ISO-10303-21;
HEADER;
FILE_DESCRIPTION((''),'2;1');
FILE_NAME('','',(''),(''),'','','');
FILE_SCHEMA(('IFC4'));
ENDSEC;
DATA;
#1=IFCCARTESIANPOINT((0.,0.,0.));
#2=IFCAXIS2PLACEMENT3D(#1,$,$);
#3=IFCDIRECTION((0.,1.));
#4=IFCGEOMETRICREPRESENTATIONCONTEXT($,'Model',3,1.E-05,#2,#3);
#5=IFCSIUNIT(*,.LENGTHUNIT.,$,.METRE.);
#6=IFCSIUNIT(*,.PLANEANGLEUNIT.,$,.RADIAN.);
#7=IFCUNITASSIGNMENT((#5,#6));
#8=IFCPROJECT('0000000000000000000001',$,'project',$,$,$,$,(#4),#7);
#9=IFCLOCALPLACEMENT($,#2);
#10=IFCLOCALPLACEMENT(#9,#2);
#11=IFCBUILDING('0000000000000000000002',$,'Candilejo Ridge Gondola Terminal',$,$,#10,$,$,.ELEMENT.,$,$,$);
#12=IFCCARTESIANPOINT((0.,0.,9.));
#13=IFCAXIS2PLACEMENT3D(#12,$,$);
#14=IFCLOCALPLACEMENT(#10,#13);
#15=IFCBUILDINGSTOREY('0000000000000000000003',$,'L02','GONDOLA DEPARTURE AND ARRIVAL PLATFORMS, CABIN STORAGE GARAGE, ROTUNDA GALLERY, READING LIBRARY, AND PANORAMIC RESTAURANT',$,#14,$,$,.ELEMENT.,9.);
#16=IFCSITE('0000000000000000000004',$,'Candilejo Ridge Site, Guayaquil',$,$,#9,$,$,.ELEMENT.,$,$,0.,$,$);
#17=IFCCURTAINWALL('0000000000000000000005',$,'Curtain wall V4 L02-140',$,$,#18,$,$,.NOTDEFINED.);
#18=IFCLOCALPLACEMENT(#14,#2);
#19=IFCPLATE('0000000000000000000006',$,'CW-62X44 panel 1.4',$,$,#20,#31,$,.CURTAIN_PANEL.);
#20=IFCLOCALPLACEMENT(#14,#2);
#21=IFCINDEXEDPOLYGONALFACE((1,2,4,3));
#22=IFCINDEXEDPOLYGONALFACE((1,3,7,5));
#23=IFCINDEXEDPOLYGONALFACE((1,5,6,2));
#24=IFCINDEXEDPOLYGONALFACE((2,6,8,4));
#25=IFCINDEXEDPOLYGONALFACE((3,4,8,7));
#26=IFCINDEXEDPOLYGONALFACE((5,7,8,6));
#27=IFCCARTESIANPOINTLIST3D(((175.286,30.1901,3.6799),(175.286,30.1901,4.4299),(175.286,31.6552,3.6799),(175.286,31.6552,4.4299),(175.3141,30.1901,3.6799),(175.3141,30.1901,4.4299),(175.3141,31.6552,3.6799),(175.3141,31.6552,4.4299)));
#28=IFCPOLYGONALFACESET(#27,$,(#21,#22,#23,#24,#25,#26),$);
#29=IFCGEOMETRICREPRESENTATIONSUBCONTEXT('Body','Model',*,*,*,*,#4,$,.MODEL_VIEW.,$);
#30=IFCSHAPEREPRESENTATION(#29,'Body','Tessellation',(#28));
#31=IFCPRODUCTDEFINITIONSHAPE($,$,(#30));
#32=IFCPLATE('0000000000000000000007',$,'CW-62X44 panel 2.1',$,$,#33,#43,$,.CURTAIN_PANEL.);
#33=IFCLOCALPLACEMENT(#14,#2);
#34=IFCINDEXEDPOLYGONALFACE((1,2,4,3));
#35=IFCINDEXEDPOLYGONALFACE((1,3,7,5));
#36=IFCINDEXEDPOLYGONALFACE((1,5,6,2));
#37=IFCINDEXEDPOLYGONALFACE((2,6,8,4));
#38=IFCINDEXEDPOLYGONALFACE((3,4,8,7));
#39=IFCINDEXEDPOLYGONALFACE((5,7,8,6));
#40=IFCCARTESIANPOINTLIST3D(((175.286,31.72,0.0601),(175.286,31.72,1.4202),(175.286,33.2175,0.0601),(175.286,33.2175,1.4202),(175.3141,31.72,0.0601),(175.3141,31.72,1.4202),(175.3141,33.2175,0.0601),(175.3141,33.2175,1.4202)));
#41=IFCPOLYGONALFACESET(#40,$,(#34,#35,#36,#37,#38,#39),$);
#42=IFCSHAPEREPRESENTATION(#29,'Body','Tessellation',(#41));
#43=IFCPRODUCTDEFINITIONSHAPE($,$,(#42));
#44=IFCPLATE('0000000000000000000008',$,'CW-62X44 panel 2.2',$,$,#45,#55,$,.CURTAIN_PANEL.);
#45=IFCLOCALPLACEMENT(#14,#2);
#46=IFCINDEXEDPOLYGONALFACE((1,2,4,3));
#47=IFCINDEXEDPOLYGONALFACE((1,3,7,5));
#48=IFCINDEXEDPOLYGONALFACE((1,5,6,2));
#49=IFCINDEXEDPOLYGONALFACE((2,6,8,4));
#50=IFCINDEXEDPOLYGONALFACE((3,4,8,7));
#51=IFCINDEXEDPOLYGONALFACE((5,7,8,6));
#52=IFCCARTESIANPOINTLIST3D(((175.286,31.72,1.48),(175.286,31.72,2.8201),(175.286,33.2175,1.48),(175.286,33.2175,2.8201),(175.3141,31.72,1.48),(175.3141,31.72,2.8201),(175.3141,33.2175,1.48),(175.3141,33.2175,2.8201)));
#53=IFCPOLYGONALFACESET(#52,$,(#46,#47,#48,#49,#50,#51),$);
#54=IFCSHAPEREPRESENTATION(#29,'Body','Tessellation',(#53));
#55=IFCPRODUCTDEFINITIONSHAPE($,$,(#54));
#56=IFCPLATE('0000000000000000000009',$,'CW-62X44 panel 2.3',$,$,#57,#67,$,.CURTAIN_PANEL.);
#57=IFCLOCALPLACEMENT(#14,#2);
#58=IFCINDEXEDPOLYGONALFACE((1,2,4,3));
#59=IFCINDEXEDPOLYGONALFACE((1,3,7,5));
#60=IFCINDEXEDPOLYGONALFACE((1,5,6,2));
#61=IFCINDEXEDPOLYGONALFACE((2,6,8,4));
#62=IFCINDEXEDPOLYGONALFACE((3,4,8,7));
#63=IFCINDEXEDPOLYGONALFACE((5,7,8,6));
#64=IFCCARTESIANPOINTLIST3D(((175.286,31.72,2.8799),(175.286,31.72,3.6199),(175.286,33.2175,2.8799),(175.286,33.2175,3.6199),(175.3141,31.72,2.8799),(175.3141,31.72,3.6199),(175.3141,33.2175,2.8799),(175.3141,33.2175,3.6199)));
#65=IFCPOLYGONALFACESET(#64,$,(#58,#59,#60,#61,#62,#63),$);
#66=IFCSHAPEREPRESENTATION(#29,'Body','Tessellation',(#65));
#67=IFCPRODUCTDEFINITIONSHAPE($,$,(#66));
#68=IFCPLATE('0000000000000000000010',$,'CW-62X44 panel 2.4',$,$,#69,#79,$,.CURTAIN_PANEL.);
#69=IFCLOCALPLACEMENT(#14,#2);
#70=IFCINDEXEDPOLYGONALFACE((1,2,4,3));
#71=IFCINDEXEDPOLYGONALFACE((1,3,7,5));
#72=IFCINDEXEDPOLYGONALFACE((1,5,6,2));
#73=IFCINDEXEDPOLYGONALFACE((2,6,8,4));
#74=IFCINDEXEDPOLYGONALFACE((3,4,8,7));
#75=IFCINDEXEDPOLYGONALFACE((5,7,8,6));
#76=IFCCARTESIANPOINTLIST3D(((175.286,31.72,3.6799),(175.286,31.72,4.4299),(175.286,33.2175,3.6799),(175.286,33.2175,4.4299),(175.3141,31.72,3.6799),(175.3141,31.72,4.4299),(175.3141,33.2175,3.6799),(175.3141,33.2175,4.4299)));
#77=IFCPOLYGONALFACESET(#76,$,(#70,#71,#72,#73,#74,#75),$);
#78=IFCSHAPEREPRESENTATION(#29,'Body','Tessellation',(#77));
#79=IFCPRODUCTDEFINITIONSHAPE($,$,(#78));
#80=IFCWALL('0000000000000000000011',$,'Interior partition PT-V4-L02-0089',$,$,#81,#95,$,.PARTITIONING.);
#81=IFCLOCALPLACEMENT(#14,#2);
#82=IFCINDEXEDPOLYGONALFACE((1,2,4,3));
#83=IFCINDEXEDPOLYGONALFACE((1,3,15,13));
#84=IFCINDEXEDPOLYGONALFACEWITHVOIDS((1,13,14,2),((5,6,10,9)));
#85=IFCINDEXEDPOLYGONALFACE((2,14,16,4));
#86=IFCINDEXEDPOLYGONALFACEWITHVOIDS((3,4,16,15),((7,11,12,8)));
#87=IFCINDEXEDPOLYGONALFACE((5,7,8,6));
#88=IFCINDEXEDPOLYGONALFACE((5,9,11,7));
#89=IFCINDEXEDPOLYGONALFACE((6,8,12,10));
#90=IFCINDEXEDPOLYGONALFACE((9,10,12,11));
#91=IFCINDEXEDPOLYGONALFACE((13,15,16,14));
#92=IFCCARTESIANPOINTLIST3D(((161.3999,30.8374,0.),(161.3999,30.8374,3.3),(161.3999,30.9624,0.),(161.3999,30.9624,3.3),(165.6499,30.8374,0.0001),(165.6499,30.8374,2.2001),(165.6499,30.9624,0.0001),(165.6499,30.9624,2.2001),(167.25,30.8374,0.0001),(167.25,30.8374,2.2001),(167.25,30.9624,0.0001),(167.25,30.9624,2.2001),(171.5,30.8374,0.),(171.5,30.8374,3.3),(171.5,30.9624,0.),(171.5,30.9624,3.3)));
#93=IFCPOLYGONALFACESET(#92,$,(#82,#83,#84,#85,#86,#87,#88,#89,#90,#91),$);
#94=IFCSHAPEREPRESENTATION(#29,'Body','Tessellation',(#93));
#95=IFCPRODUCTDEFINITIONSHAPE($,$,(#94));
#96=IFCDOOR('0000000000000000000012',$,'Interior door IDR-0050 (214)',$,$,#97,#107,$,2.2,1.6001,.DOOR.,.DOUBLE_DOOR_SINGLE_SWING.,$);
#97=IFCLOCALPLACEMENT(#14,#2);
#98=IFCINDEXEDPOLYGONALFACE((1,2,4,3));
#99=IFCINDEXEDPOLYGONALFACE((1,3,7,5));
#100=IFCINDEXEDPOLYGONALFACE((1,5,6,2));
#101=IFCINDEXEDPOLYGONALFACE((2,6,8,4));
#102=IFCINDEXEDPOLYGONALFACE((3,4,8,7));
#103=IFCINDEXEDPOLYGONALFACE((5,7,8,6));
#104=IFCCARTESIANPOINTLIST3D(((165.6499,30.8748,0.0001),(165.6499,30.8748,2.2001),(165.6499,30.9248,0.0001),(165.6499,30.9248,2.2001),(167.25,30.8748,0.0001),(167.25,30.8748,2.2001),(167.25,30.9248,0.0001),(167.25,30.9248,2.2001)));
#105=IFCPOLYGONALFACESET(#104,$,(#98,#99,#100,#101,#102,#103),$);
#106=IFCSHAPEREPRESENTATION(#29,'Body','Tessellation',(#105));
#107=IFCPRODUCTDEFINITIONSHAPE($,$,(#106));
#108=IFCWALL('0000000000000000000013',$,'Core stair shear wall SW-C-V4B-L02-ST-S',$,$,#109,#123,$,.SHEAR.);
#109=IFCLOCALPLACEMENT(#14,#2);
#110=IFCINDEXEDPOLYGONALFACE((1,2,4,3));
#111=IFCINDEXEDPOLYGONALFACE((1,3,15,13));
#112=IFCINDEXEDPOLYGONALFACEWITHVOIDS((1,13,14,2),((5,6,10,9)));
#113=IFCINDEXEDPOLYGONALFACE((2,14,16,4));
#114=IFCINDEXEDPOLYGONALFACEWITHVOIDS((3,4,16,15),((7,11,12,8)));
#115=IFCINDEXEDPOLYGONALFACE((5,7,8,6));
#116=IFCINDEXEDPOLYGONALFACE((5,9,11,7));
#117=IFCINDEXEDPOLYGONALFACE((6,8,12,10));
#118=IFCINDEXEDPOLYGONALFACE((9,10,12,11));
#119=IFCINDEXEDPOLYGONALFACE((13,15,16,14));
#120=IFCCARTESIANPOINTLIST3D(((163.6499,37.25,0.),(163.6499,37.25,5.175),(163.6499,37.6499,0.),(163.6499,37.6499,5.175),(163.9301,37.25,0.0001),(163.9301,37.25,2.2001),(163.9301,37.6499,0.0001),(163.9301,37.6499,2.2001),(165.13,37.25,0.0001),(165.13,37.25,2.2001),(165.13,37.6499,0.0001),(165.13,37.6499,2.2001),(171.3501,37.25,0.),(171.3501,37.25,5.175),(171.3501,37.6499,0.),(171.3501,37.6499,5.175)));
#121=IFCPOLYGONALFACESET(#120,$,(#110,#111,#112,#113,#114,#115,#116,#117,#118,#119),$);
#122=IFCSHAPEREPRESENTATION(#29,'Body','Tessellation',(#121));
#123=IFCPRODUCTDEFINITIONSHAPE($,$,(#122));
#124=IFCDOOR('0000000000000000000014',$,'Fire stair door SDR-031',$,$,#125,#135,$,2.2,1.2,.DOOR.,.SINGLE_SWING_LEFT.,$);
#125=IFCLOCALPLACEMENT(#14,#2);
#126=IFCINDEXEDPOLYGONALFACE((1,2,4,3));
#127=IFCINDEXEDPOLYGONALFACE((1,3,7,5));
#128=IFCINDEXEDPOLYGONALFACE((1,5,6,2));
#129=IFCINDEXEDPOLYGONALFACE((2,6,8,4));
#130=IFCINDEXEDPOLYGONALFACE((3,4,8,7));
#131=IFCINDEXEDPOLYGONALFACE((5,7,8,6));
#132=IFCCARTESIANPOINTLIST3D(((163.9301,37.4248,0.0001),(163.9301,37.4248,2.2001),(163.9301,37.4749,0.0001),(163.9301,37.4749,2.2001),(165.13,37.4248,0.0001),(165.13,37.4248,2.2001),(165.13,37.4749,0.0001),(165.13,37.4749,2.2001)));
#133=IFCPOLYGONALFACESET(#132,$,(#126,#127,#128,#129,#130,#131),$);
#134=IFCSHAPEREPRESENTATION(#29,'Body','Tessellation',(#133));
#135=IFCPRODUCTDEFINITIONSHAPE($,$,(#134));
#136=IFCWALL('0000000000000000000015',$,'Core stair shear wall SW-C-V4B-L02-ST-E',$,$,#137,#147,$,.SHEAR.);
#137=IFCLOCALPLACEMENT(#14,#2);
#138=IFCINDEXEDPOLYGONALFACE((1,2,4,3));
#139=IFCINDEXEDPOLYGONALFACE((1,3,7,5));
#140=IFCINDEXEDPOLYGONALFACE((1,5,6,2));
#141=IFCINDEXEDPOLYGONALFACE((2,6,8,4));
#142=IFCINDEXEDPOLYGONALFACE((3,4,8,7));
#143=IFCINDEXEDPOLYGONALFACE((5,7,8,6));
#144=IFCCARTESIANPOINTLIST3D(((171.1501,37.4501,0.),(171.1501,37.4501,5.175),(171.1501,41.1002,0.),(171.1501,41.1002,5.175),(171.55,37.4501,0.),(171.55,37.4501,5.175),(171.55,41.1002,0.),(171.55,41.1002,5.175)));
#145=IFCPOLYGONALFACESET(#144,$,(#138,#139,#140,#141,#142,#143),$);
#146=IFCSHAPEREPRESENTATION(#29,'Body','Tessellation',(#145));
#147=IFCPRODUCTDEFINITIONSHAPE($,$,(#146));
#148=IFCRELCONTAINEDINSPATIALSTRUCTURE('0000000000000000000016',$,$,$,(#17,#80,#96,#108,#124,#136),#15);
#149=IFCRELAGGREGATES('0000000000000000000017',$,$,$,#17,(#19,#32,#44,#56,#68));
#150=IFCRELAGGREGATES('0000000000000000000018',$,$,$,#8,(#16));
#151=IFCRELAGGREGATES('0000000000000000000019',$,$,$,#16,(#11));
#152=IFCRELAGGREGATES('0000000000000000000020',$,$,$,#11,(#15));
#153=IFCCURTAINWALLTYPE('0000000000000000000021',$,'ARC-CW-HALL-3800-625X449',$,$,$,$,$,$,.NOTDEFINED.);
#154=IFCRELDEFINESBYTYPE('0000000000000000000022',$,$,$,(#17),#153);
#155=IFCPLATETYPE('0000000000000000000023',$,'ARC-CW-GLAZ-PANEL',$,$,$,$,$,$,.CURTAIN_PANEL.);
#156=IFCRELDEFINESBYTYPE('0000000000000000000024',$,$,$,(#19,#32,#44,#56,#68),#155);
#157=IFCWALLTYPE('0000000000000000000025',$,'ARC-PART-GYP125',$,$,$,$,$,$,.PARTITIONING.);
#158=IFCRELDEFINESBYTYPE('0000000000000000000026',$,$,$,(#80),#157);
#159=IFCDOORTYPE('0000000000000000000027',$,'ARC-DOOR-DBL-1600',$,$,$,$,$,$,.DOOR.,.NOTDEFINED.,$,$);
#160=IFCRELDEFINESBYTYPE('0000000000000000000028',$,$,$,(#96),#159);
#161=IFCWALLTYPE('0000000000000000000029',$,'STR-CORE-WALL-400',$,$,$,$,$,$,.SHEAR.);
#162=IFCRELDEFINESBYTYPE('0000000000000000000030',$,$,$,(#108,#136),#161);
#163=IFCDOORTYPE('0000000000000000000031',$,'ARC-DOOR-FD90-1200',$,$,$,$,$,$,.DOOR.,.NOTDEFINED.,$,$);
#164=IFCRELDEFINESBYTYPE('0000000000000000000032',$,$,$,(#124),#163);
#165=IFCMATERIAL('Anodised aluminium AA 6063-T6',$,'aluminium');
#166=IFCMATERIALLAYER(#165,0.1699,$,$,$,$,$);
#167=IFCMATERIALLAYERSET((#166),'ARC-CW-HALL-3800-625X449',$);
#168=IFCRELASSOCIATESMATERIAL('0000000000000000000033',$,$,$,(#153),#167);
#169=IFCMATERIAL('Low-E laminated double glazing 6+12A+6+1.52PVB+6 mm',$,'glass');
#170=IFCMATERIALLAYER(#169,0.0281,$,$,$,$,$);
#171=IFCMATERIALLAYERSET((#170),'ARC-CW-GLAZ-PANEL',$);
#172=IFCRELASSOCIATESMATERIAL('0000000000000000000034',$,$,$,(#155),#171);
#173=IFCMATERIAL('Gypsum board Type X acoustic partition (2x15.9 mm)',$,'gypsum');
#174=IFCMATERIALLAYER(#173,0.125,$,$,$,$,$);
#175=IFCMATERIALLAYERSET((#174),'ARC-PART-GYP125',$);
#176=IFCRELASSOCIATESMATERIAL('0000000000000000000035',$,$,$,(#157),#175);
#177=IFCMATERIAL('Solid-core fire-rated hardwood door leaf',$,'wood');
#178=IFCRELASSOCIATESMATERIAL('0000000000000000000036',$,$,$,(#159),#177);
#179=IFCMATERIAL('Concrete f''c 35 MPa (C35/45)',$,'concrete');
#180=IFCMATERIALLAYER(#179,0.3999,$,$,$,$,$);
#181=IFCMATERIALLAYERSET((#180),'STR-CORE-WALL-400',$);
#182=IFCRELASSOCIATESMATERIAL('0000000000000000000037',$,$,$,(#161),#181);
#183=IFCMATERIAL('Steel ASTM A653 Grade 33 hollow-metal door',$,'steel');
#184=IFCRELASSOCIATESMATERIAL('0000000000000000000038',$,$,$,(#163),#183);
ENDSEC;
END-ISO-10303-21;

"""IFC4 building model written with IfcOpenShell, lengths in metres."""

from ifc_helpers import new_model, si_unit, direction, frame, frame_2d, origin, origin_2d, place, context, subcontext, project, spatial, rectangle, extrude, material, layer, layer_set, type_object, element, fill, aggregate, save


model = new_model("IFC4")

# Units and contexts
model_context = context("Model", 3, precision=1e-05, world=origin(), true_north=direction((0.0, 1.0)))
body_context = subcontext(model_context, "Body", "Model", "MODEL_VIEW")
ifc_project = project(units=[si_unit("LENGTHUNIT", "METRE"), si_unit("PLANEANGLEUNIT", "RADIAN")], contexts=[model_context])

# Site, building, storey
site_placement = place(None, origin())
site = spatial("IfcSite", under=ifc_project, at=site_placement, Name="Candilejo Ridge Site, Guayaquil", CompositionType="ELEMENT", RefElevation=0.0)
building_placement = place(site_placement, origin())
building = spatial("IfcBuilding", under=site, at=building_placement, Name="Candilejo Ridge Gondola Terminal", CompositionType="ELEMENT")
storey_placement = place(building_placement, frame((0.0, 0.0, 9.0)))
storey = spatial("IfcBuildingStorey", under=building, at=storey_placement, Name="L02", Description="GONDOLA DEPARTURE AND ARRIVAL PLATFORMS, CABIN STORAGE GARAGE, ROTUNDA GALLERY, READING LIBRARY, AND PANORAMIC RESTAURANT", CompositionType="ELEMENT", Elevation=9.0)

# Curtain wall
ifc_material_1 = material(Name="Anodised aluminium AA 6063-T6", Category="aluminium")
ifc_layer_1 = layer(ifc_material_1, 0.1699)
ifc_layer_set_1 = layer_set([ifc_layer_1], Name="ARC-CW-HALL-3800-625X449")
curtain_wall_type = type_object("IfcCurtainWallType", Name="ARC-CW-HALL-3800-625X449", PredefinedType="NOTDEFINED", material=ifc_layer_set_1)
curtain_wall_placement = place(storey_placement, origin())
curtain_wall = element("IfcCurtainWall", 1, at=curtain_wall_placement, inside=storey, type_object=curtain_wall_type, Name="Curtain wall V4 L02-140", PredefinedType="NOTDEFINED")

# Plates
ifc_material_2 = material(Name="Low-E laminated double glazing 6+12A+6+1.52PVB+6 mm", Category="glass")
ifc_layer_2 = layer(ifc_material_2, 0.0281)
ifc_layer_set_2 = layer_set([ifc_layer_2], Name="ARC-CW-GLAZ-PANEL")
plate_type = type_object("IfcPlateType", Name="ARC-CW-GLAZ-PANEL", PredefinedType="CURTAIN_PANEL", material=ifc_layer_set_2)
plate_1_placement = place(storey_placement, frame((175.3, 30.9226, 3.6799), z_axis=(0.0, 0.0, 1.0), x_axis=(0.0, 1.0, 0.0)))
plate_1 = element("IfcPlate", 2, at=plate_1_placement, type_object=plate_type, Name="CW-62X44 panel 1.4", PredefinedType="CURTAIN_PANEL", context=body_context, shape_type="SweptSolid", body=[
    extrude(rectangle(XDim=1.4651, YDim=0.0281, at=origin_2d()), origin(), (0.0, 0.0, 1.0), 0.75),
])
plate_2_placement = place(storey_placement, frame((175.3, 32.4688, 0.0601), z_axis=(0.0, 0.0, 1.0), x_axis=(0.0, 1.0, 0.0)))
plate_2 = element("IfcPlate", 3, at=plate_2_placement, type_object=plate_type, Name="CW-62X44 panel 2.1", PredefinedType="CURTAIN_PANEL", context=body_context, shape_type="SweptSolid", body=[
    extrude(rectangle(XDim=1.4976, YDim=0.0281, at=origin_2d()), origin(), (0.0, 0.0, 1.0), 1.3601),
])
plate_3_placement = place(storey_placement, frame((175.3, 32.4688, 1.48), z_axis=(0.0, 0.0, 1.0), x_axis=(0.0, 1.0, 0.0)))
plate_3 = element("IfcPlate", 4, at=plate_3_placement, type_object=plate_type, Name="CW-62X44 panel 2.2", PredefinedType="CURTAIN_PANEL", context=body_context, shape_type="SweptSolid", body=[
    extrude(rectangle(XDim=1.4976, YDim=0.0281, at=origin_2d()), origin(), (0.0, 0.0, 1.0), 1.3401),
])
plate_4_placement = place(storey_placement, frame((175.3, 32.4688, 2.8799), z_axis=(0.0, 0.0, 1.0), x_axis=(0.0, 1.0, 0.0)))
plate_4 = element("IfcPlate", 5, at=plate_4_placement, type_object=plate_type, Name="CW-62X44 panel 2.3", PredefinedType="CURTAIN_PANEL", context=body_context, shape_type="SweptSolid", body=[
    extrude(rectangle(XDim=1.4976, YDim=0.0281, at=origin_2d()), origin(), (0.0, 0.0, 1.0), 0.74),
])
plate_5_placement = place(storey_placement, frame((175.3, 32.4688, 3.6799), z_axis=(0.0, 0.0, 1.0), x_axis=(0.0, 1.0, 0.0)))
plate_5 = element("IfcPlate", 6, at=plate_5_placement, type_object=plate_type, Name="CW-62X44 panel 2.4", PredefinedType="CURTAIN_PANEL", context=body_context, shape_type="SweptSolid", body=[
    extrude(rectangle(XDim=1.4976, YDim=0.0281, at=origin_2d()), origin(), (0.0, 0.0, 1.0), 0.75),
])
aggregate(curtain_wall, [plate_1, plate_2, plate_3, plate_4, plate_5])

# Walls, openings, doors
ifc_material_3 = material(Name="Gypsum board Type X acoustic partition (2x15.9 mm)", Category="gypsum")
ifc_layer_3 = layer(ifc_material_3, 0.125)
ifc_layer_set_3 = layer_set([ifc_layer_3], Name="ARC-PART-GYP125")
wall_type_1 = type_object("IfcWallType", Name="ARC-PART-GYP125", PredefinedType="PARTITIONING", material=ifc_layer_set_3)
wall_1_placement = place(storey_placement, frame((161.3999, 30.8999, 0.0), z_axis=(0.0, 0.0, 1.0), x_axis=(1.0, 0.0, 0.0)))
wall_1 = element("IfcWall", 7, at=wall_1_placement, inside=storey, type_object=wall_type_1, Name="Interior partition PT-V4-L02-0089", PredefinedType="PARTITIONING", context=body_context, shape_type="SweptSolid", body=[
    extrude(rectangle(XDim=10.1001, YDim=0.125, at=frame_2d((5.05, 0.0))), origin(), (0.0, 0.0, 1.0), 3.3),
])
opening_1_placement = place(wall_1_placement, frame((4.25, 0.0, 0.0)))
opening_1 = element("IfcOpeningElement", 8, at=opening_1_placement, cuts=wall_1, PredefinedType="OPENING", context=body_context, shape_type="SweptSolid", body=[
    extrude(rectangle(XDim=1.6001, YDim=2.2, at=frame_2d((0.8, 1.1001))), frame((0.0, 0.0725, 0.0), z_axis=(0.0, -1.0, 0.0), x_axis=(1.0, 0.0, 0.0)), (0.0, 0.0, 1.0), 0.145),
])
ifc_material_4 = material(Name="Solid-core fire-rated hardwood door leaf", Category="wood")
door_type_1 = type_object("IfcDoorType", Name="ARC-DOOR-DBL-1600", OperationType="NOTDEFINED", PredefinedType="DOOR", material=ifc_material_4)
door_1_placement = place(opening_1_placement, origin())
door_1 = element("IfcDoor", 9, at=door_1_placement, inside=storey, type_object=door_type_1, Name="Interior door IDR-0050 (214)", OperationType="DOUBLE_DOOR_SINGLE_SWING", OverallHeight=2.2, OverallWidth=1.6001, PredefinedType="DOOR", context=body_context, shape_type="SweptSolid", body=[
    extrude(rectangle(XDim=1.6001, YDim=2.2, at=frame_2d((0.8, 1.1001))), frame((0.0, 0.0249, 0.0), z_axis=(0.0, -1.0, 0.0), x_axis=(1.0, 0.0, 0.0)), (0.0, 0.0, 1.0), 0.05),
])
fill(opening_1, door_1)
ifc_material_5 = material(Name="Concrete f'c 35 MPa (C35/45)", Category="concrete")
ifc_layer_4 = layer(ifc_material_5, 0.3999)
ifc_layer_set_4 = layer_set([ifc_layer_4], Name="STR-CORE-WALL-400")
wall_type_2 = type_object("IfcWallType", Name="STR-CORE-WALL-400", PredefinedType="SHEAR", material=ifc_layer_set_4)
wall_2_placement = place(storey_placement, frame((163.6499, 37.45, 0.0), z_axis=(0.0, 0.0, 1.0), x_axis=(1.0, 0.0, 0.0)))
wall_2 = element("IfcWall", 10, at=wall_2_placement, inside=storey, type_object=wall_type_2, Name="Core stair shear wall SW-C-V4B-L02-ST-S", PredefinedType="SHEAR", context=body_context, shape_type="SweptSolid", body=[
    extrude(rectangle(XDim=7.7002, YDim=0.3999, at=frame_2d((3.8501, 0.0))), origin(), (0.0, 0.0, 1.0), 5.175),
])
opening_2_placement = place(wall_2_placement, frame((0.28, 0.0, 0.0)))
opening_2 = element("IfcOpeningElement", 11, at=opening_2_placement, cuts=wall_2, PredefinedType="OPENING", context=body_context, shape_type="SweptSolid", body=[
    extrude(rectangle(XDim=1.2, YDim=2.2, at=frame_2d((0.6001, 1.1001))), frame((0.0, 0.21, 0.0), z_axis=(0.0, -1.0, 0.0), x_axis=(1.0, 0.0, 0.0)), (0.0, 0.0, 1.0), 0.4199),
])
ifc_material_6 = material(Name="Steel ASTM A653 Grade 33 hollow-metal door", Category="steel")
door_type_2 = type_object("IfcDoorType", Name="ARC-DOOR-FD90-1200", OperationType="NOTDEFINED", PredefinedType="DOOR", material=ifc_material_6)
door_2_placement = place(opening_2_placement, origin())
door_2 = element("IfcDoor", 12, at=door_2_placement, inside=storey, type_object=door_type_2, Name="Fire stair door SDR-031", OperationType="SINGLE_SWING_LEFT", OverallHeight=2.2, OverallWidth=1.2, PredefinedType="DOOR", context=body_context, shape_type="SweptSolid", body=[
    extrude(rectangle(XDim=1.2, YDim=2.2, at=frame_2d((0.6001, 1.1001))), frame((0.0, 0.0249, 0.0), z_axis=(0.0, -1.0, 0.0), x_axis=(1.0, 0.0, 0.0)), (0.0, 0.0, 1.0), 0.05),
])
fill(opening_2, door_2)

# Wall
wall_3_placement = place(storey_placement, frame((171.3501, 37.45, 0.0), z_axis=(0.0, 0.0, 1.0), x_axis=(0.0, 1.0, 0.0)))
element("IfcWall", 13, at=wall_3_placement, inside=storey, type_object=wall_type_2, Name="Core stair shear wall SW-C-V4B-L02-ST-E", PredefinedType="SHEAR", context=body_context, shape_type="SweptSolid", body=[
    extrude(rectangle(XDim=3.6501, YDim=0.3999, at=frame_2d((1.8252, 0.0))), origin(), (0.0, 0.0, 1.0), 5.175),
])

save(model, "model.ifc")
